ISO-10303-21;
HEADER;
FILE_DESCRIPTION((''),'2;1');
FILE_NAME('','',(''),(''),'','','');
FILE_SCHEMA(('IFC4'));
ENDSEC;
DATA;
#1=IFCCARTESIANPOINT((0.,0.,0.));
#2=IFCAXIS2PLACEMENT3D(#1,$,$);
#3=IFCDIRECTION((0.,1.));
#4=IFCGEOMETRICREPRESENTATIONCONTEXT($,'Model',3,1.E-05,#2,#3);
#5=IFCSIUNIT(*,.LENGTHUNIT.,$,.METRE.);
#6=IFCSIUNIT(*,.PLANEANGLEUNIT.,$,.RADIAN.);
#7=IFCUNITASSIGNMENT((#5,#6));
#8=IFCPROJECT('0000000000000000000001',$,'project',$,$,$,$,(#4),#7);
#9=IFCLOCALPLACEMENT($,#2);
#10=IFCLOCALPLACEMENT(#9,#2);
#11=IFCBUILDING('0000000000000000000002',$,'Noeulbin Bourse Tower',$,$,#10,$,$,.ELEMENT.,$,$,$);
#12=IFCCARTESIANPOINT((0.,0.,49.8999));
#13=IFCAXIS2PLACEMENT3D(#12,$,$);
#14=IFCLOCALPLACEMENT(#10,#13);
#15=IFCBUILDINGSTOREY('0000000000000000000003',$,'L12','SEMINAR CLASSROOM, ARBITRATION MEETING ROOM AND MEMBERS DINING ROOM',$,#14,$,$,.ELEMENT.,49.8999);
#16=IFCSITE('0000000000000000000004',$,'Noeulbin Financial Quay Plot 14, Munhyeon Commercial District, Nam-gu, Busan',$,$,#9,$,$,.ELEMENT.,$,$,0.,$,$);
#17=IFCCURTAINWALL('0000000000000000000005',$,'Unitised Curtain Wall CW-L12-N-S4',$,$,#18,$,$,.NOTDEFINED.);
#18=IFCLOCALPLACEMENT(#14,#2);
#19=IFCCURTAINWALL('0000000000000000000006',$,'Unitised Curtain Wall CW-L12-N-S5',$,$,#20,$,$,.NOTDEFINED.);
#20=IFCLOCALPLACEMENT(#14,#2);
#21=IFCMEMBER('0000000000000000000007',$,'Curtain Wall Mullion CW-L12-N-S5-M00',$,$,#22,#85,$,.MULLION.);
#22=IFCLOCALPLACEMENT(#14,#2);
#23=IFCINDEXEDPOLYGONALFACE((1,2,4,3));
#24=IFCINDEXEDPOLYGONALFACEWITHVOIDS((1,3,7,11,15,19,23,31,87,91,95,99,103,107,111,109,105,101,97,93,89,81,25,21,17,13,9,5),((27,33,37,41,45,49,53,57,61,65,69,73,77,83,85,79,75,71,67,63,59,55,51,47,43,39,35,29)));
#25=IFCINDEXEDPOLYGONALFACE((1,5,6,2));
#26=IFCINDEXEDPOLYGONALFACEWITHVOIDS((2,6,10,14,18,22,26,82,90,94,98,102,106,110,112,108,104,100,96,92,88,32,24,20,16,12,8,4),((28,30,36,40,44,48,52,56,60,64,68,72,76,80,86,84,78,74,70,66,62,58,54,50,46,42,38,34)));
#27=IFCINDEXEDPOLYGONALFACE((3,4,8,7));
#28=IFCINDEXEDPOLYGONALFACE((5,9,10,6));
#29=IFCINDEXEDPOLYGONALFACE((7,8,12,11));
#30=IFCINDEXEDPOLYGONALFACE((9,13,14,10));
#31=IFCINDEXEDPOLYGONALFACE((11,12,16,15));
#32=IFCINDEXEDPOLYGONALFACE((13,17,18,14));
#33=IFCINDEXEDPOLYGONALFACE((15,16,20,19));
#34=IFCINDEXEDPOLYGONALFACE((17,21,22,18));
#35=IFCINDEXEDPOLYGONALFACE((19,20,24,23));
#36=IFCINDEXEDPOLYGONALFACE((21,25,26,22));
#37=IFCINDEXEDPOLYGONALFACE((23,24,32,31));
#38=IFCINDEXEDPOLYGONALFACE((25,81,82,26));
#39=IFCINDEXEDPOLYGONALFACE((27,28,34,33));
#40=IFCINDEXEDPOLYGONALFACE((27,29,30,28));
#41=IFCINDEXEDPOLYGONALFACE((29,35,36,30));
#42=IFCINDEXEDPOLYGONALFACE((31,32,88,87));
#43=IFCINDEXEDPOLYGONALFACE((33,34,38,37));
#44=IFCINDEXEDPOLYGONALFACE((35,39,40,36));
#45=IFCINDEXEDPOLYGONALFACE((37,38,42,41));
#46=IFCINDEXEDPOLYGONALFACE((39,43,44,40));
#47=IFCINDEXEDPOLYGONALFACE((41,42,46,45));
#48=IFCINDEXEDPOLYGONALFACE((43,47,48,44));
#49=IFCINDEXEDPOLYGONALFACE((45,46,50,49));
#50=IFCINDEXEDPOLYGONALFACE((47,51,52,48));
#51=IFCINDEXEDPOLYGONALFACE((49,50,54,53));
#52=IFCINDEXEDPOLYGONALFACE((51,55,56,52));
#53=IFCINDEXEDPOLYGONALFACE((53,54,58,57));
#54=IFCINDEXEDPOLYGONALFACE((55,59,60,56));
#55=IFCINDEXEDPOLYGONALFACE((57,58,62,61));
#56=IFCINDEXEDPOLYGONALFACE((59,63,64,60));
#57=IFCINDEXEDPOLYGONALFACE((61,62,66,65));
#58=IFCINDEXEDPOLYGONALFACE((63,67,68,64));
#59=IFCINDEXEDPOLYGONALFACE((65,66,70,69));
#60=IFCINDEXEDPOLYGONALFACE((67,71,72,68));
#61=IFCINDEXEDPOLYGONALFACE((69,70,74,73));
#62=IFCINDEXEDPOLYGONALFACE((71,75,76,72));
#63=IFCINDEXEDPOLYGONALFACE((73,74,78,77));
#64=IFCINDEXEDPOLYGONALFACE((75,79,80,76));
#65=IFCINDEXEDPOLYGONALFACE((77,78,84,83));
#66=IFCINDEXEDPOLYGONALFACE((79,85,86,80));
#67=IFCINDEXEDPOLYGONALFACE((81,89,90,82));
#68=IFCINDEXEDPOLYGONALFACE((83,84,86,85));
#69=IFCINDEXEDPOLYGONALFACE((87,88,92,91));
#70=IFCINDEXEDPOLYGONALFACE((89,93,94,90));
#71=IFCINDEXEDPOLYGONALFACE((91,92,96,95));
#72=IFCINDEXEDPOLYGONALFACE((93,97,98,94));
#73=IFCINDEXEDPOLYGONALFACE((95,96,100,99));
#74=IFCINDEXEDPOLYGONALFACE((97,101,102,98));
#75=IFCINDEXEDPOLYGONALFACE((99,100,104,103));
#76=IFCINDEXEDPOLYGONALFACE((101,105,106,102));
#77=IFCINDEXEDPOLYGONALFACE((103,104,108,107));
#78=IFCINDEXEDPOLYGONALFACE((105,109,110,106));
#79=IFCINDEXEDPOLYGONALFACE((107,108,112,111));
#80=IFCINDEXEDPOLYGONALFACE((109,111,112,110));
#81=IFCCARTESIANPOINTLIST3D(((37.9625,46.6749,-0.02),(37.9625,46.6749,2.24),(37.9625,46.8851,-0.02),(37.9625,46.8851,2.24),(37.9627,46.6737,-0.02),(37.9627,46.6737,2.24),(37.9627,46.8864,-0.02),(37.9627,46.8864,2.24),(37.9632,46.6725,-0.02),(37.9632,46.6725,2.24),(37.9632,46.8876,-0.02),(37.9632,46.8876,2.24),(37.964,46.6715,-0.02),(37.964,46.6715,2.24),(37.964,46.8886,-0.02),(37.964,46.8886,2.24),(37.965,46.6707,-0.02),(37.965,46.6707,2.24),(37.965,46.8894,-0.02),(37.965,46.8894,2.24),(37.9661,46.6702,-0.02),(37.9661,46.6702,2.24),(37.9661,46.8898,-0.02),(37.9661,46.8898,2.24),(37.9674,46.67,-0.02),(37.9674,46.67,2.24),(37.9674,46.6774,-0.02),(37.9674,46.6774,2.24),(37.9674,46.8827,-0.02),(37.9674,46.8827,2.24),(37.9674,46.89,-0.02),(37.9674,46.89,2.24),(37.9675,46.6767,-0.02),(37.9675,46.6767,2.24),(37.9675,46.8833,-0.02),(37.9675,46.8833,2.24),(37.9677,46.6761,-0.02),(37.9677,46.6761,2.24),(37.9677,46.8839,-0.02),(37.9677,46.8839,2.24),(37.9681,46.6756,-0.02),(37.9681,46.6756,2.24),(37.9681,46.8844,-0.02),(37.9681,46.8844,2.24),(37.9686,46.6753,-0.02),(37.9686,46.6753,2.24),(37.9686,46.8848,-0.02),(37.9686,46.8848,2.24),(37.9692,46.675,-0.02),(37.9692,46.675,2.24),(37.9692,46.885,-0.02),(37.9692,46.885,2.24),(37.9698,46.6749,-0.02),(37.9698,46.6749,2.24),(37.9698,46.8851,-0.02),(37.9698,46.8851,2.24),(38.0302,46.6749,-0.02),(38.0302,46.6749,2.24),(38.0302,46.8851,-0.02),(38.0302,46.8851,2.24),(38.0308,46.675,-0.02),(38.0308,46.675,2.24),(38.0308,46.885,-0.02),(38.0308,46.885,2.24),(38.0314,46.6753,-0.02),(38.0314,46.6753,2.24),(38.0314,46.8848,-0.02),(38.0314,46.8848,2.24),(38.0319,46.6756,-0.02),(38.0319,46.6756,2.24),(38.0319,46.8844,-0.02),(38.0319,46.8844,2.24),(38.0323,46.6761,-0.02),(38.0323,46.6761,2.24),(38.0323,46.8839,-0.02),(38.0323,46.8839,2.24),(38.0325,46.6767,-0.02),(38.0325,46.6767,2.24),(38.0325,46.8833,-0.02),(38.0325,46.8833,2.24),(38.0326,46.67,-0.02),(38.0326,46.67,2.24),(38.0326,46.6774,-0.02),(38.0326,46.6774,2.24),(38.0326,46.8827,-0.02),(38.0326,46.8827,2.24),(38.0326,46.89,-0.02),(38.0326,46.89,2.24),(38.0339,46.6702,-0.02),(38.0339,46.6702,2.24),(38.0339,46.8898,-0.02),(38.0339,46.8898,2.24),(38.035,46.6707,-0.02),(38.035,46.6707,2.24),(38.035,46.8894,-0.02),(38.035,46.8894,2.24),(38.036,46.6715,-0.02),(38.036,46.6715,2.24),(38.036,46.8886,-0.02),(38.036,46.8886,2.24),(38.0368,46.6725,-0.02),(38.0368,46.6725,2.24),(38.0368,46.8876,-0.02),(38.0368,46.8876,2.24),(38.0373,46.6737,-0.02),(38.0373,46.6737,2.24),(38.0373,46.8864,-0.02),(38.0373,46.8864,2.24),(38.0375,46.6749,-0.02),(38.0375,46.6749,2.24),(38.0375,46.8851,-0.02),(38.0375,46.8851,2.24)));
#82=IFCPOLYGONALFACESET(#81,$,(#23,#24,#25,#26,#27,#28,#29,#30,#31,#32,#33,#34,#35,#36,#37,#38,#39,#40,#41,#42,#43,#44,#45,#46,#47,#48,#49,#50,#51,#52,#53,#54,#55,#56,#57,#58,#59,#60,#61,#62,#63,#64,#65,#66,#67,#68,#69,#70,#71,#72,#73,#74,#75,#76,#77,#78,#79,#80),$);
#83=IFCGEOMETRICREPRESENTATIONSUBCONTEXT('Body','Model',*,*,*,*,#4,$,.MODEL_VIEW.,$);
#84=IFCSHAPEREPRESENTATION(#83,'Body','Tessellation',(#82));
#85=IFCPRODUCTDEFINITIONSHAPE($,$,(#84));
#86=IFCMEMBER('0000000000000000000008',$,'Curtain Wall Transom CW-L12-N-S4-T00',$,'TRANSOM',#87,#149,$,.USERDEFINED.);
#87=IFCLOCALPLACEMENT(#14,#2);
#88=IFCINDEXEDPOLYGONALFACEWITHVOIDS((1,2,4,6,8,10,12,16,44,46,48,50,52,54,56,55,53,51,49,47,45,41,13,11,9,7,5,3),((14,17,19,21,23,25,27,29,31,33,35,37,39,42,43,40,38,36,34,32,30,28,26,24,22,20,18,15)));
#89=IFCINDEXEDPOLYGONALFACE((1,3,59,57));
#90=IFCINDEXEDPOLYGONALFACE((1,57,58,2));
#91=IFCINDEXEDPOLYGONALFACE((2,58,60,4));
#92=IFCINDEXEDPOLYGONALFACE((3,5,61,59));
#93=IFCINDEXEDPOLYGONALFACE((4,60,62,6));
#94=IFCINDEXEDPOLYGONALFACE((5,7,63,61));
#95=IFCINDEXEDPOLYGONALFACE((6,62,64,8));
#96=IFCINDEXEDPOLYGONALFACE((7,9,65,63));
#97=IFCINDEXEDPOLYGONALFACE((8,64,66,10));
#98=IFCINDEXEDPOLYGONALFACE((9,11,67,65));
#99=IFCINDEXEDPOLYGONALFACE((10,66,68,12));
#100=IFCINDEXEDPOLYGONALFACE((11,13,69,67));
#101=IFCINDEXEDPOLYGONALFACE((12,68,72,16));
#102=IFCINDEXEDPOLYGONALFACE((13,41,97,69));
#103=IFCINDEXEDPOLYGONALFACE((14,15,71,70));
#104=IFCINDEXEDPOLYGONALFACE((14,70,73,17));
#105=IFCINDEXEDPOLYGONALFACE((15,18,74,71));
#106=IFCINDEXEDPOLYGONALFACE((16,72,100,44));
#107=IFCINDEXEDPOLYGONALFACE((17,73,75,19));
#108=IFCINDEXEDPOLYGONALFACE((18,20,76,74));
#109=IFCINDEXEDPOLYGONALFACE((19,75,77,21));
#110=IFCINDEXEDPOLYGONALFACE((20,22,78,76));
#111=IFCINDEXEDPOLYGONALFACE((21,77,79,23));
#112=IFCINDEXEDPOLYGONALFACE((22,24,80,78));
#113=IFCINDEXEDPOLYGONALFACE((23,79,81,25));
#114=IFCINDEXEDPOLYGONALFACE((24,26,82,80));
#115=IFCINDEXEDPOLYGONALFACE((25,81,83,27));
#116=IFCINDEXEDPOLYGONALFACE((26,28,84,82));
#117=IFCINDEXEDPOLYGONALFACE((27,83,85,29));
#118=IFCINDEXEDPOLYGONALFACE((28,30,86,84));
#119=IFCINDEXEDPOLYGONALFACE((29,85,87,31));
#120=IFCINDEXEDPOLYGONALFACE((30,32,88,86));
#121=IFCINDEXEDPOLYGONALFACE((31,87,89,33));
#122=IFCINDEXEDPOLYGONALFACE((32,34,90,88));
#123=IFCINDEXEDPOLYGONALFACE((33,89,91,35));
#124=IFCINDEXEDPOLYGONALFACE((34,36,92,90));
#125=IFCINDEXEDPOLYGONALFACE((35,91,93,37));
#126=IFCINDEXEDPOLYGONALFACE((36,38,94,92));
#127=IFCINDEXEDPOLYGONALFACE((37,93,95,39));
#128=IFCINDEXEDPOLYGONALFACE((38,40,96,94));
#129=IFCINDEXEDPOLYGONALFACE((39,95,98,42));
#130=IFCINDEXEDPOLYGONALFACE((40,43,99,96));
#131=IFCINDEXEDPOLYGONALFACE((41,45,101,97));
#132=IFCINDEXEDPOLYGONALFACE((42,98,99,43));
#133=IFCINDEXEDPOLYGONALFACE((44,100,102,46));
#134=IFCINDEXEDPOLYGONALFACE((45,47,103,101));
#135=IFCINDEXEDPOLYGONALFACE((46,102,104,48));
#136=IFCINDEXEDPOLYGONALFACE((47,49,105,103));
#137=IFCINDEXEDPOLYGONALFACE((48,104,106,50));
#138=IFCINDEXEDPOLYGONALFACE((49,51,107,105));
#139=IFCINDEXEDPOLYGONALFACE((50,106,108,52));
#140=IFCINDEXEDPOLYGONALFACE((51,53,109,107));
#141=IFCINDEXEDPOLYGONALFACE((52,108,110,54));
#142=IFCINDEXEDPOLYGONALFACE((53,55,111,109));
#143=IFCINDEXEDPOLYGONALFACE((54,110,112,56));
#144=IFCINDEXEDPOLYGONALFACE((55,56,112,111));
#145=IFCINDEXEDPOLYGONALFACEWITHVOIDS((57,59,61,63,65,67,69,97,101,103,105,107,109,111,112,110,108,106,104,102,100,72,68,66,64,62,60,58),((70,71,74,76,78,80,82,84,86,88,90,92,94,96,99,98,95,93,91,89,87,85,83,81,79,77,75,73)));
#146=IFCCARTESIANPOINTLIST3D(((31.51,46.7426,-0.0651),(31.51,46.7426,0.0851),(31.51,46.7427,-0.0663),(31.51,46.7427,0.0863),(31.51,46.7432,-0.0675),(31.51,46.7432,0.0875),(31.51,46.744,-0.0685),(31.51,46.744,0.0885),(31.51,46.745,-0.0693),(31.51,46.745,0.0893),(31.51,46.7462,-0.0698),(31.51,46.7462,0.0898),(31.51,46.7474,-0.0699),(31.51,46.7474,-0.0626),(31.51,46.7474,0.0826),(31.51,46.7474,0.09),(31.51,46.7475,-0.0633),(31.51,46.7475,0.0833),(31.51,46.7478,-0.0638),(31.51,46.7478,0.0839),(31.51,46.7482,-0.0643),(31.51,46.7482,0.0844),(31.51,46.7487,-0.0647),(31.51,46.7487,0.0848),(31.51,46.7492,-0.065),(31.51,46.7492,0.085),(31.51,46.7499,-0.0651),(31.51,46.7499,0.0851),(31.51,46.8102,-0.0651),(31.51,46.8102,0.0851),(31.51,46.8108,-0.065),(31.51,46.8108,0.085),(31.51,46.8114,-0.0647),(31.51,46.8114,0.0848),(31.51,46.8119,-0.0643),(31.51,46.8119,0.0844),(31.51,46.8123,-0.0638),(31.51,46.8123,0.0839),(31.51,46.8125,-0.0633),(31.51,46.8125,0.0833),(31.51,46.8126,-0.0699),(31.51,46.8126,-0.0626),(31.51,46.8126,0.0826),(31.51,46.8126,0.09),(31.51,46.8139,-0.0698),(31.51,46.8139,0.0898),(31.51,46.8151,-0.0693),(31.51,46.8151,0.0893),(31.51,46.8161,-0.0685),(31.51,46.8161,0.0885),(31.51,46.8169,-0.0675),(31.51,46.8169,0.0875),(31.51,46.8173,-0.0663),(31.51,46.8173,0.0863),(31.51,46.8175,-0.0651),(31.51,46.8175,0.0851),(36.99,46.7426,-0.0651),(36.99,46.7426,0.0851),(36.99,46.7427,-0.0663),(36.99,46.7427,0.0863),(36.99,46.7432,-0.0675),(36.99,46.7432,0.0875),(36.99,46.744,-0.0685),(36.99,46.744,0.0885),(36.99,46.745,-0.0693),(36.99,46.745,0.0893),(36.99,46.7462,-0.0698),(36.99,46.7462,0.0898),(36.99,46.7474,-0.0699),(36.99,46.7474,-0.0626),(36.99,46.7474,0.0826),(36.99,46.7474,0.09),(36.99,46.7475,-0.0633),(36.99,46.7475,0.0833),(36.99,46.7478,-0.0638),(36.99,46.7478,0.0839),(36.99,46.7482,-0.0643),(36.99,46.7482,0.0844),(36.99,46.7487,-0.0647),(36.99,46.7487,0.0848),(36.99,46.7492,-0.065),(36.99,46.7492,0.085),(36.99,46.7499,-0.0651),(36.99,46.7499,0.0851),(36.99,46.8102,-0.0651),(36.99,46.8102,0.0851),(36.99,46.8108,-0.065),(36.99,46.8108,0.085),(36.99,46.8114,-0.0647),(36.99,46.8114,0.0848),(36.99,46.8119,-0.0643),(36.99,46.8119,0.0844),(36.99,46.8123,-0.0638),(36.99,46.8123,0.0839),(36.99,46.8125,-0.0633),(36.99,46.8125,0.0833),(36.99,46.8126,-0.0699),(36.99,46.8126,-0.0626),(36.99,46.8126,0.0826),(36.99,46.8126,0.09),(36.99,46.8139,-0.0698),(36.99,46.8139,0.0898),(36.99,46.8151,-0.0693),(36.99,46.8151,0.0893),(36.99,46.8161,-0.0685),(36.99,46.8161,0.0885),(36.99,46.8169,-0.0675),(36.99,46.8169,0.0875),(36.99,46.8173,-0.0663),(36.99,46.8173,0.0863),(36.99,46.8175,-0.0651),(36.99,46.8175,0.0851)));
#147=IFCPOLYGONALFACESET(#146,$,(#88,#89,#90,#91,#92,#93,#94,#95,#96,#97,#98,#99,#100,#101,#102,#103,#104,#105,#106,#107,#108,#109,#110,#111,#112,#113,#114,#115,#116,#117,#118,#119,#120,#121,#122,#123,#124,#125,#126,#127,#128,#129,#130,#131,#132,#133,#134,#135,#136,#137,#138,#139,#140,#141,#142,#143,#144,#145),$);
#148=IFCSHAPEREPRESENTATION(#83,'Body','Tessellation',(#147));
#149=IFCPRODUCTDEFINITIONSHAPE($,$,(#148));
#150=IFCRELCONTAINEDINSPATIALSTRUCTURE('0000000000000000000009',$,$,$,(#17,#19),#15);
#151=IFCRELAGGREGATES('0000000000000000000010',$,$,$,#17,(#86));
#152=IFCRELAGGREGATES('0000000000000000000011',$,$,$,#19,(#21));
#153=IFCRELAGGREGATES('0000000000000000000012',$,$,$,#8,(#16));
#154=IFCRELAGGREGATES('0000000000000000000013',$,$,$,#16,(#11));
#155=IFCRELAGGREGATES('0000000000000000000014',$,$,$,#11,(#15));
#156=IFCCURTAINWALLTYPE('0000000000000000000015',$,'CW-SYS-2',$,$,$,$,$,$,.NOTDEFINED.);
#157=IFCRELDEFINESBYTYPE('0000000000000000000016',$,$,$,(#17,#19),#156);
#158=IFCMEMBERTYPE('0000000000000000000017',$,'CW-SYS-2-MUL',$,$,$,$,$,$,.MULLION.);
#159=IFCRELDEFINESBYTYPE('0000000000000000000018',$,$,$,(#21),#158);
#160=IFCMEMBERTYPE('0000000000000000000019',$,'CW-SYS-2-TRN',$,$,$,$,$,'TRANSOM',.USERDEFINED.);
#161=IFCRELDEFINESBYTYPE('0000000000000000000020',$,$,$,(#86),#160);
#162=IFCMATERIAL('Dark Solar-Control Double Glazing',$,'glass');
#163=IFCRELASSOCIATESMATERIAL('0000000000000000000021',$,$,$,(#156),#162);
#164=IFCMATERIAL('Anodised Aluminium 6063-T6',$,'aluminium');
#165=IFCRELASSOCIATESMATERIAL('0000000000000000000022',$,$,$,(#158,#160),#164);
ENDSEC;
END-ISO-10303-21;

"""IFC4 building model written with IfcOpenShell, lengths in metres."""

from ifc_helpers import new_model, si_unit, direction, frame, origin, origin_2d, place, context, subcontext, project, spatial, hollow_rectangle, extrude, material, material_profile, profile_set, type_object, element, aggregate, save


model = new_model("IFC4")

# Units and contexts
model_context = context("Model", 3, precision=1e-05, world=origin(), true_north=direction((0.0, 1.0)))
body_context = subcontext(model_context, "Body", "Model", "MODEL_VIEW")
ifc_project = project(units=[si_unit("LENGTHUNIT", "METRE"), si_unit("PLANEANGLEUNIT", "RADIAN")], contexts=[model_context])

# Site, building, storey
site_placement = place(None, origin())
site = spatial("IfcSite", under=ifc_project, at=site_placement, Name="Noeulbin Financial Quay Plot 14, Munhyeon Commercial District, Nam-gu, Busan", CompositionType="ELEMENT", RefElevation=0.0)
building_placement = place(site_placement, origin())
building = spatial("IfcBuilding", under=site, at=building_placement, Name="Noeulbin Bourse Tower", CompositionType="ELEMENT")
storey_placement = place(building_placement, frame((0.0, 0.0, 49.8999)))
storey = spatial("IfcBuildingStorey", under=building, at=storey_placement, Name="L12", Description="SEMINAR CLASSROOM, ARBITRATION MEETING ROOM AND MEMBERS DINING ROOM", CompositionType="ELEMENT", Elevation=49.8999)

# Shared definitions
ifc_material_1 = material(Name="Dark Solar-Control Double Glazing", Category="glass")
curtain_wall_type = type_object("IfcCurtainWallType", Name="CW-SYS-2", PredefinedType="NOTDEFINED", material=ifc_material_1)
ifc_material_2 = material(Name="Anodised Aluminium 6063-T6", Category="aluminium")
ifc_material_profile_1 = material_profile(ifc_material_2, hollow_rectangle(XDim=0.075, YDim=0.22, WallThickness=0.0049, InnerFilletRadius=0.0024, OuterFilletRadius=0.0049, at=origin_2d()), Name="ALU-MULL-75x220x5", Category="LoadBearing")
ifc_profile_set_1 = profile_set([ifc_material_profile_1], Name="Anodised Aluminium 6063-T6")
member_type_1 = type_object("IfcMemberType", Name="CW-SYS-2-MUL", PredefinedType="MULLION", material=ifc_profile_set_1)

# Curtain wall
curtain_wall_1_placement = place(storey_placement, origin())
curtain_wall_1 = element("IfcCurtainWall", 1, at=curtain_wall_1_placement, inside=storey, type_object=curtain_wall_type, Name="Unitised Curtain Wall CW-L12-N-S4", PredefinedType="NOTDEFINED")

# Curtain wall, member
curtain_wall_2_placement = place(storey_placement, origin())
curtain_wall_2 = element("IfcCurtainWall", 2, at=curtain_wall_2_placement, inside=storey, type_object=curtain_wall_type, Name="Unitised Curtain Wall CW-L12-N-S5", PredefinedType="NOTDEFINED")
member_1_placement = place(storey_placement, frame((38.0, 46.78, -0.02), z_axis=(0.0, 0.0, 1.0), x_axis=(1.0, 0.0, 0.0)))
member_1 = element("IfcMember", 3, at=member_1_placement, type_object=member_type_1, Name="Curtain Wall Mullion CW-L12-N-S5-M00", PredefinedType="MULLION", context=body_context, shape_type="SweptSolid", body=[
    extrude(hollow_rectangle(XDim=0.075, YDim=0.22, WallThickness=0.0049, InnerFilletRadius=0.0024, OuterFilletRadius=0.0049, at=origin_2d()), origin(), (0.0, 0.0, 1.0), 2.26),
])

# Member
ifc_material_profile_2 = material_profile(ifc_material_2, hollow_rectangle(XDim=0.075, YDim=0.1599, WallThickness=0.0049, InnerFilletRadius=0.0024, OuterFilletRadius=0.0049, at=origin_2d()), Name="ALU-TRAN-75x160x5", Category="LoadBearing")
ifc_profile_set_2 = profile_set([ifc_material_profile_2], Name="Anodised Aluminium 6063-T6")
member_type_2 = type_object("IfcMemberType", Name="CW-SYS-2-TRN", ElementType="TRANSOM", PredefinedType="USERDEFINED", material=ifc_profile_set_2)
member_2_placement = place(storey_placement, frame((31.51, 46.78, 0.01), z_axis=(1.0, 0.0, 0.0), x_axis=(0.0, 1.0, 0.0)))
member_2 = element("IfcMember", 4, at=member_2_placement, type_object=member_type_2, Name="Curtain Wall Transom CW-L12-N-S4-T00", ObjectType="TRANSOM", PredefinedType="USERDEFINED", context=body_context, shape_type="SweptSolid", body=[
    extrude(hollow_rectangle(XDim=0.075, YDim=0.1599, WallThickness=0.0049, InnerFilletRadius=0.0024, OuterFilletRadius=0.0049, at=origin_2d()), origin(), (0.0, 0.0, 1.0), 5.48),
])

aggregate(curtain_wall_1, [member_2])
aggregate(curtain_wall_2, [member_1])

save(model, "model.ifc")
